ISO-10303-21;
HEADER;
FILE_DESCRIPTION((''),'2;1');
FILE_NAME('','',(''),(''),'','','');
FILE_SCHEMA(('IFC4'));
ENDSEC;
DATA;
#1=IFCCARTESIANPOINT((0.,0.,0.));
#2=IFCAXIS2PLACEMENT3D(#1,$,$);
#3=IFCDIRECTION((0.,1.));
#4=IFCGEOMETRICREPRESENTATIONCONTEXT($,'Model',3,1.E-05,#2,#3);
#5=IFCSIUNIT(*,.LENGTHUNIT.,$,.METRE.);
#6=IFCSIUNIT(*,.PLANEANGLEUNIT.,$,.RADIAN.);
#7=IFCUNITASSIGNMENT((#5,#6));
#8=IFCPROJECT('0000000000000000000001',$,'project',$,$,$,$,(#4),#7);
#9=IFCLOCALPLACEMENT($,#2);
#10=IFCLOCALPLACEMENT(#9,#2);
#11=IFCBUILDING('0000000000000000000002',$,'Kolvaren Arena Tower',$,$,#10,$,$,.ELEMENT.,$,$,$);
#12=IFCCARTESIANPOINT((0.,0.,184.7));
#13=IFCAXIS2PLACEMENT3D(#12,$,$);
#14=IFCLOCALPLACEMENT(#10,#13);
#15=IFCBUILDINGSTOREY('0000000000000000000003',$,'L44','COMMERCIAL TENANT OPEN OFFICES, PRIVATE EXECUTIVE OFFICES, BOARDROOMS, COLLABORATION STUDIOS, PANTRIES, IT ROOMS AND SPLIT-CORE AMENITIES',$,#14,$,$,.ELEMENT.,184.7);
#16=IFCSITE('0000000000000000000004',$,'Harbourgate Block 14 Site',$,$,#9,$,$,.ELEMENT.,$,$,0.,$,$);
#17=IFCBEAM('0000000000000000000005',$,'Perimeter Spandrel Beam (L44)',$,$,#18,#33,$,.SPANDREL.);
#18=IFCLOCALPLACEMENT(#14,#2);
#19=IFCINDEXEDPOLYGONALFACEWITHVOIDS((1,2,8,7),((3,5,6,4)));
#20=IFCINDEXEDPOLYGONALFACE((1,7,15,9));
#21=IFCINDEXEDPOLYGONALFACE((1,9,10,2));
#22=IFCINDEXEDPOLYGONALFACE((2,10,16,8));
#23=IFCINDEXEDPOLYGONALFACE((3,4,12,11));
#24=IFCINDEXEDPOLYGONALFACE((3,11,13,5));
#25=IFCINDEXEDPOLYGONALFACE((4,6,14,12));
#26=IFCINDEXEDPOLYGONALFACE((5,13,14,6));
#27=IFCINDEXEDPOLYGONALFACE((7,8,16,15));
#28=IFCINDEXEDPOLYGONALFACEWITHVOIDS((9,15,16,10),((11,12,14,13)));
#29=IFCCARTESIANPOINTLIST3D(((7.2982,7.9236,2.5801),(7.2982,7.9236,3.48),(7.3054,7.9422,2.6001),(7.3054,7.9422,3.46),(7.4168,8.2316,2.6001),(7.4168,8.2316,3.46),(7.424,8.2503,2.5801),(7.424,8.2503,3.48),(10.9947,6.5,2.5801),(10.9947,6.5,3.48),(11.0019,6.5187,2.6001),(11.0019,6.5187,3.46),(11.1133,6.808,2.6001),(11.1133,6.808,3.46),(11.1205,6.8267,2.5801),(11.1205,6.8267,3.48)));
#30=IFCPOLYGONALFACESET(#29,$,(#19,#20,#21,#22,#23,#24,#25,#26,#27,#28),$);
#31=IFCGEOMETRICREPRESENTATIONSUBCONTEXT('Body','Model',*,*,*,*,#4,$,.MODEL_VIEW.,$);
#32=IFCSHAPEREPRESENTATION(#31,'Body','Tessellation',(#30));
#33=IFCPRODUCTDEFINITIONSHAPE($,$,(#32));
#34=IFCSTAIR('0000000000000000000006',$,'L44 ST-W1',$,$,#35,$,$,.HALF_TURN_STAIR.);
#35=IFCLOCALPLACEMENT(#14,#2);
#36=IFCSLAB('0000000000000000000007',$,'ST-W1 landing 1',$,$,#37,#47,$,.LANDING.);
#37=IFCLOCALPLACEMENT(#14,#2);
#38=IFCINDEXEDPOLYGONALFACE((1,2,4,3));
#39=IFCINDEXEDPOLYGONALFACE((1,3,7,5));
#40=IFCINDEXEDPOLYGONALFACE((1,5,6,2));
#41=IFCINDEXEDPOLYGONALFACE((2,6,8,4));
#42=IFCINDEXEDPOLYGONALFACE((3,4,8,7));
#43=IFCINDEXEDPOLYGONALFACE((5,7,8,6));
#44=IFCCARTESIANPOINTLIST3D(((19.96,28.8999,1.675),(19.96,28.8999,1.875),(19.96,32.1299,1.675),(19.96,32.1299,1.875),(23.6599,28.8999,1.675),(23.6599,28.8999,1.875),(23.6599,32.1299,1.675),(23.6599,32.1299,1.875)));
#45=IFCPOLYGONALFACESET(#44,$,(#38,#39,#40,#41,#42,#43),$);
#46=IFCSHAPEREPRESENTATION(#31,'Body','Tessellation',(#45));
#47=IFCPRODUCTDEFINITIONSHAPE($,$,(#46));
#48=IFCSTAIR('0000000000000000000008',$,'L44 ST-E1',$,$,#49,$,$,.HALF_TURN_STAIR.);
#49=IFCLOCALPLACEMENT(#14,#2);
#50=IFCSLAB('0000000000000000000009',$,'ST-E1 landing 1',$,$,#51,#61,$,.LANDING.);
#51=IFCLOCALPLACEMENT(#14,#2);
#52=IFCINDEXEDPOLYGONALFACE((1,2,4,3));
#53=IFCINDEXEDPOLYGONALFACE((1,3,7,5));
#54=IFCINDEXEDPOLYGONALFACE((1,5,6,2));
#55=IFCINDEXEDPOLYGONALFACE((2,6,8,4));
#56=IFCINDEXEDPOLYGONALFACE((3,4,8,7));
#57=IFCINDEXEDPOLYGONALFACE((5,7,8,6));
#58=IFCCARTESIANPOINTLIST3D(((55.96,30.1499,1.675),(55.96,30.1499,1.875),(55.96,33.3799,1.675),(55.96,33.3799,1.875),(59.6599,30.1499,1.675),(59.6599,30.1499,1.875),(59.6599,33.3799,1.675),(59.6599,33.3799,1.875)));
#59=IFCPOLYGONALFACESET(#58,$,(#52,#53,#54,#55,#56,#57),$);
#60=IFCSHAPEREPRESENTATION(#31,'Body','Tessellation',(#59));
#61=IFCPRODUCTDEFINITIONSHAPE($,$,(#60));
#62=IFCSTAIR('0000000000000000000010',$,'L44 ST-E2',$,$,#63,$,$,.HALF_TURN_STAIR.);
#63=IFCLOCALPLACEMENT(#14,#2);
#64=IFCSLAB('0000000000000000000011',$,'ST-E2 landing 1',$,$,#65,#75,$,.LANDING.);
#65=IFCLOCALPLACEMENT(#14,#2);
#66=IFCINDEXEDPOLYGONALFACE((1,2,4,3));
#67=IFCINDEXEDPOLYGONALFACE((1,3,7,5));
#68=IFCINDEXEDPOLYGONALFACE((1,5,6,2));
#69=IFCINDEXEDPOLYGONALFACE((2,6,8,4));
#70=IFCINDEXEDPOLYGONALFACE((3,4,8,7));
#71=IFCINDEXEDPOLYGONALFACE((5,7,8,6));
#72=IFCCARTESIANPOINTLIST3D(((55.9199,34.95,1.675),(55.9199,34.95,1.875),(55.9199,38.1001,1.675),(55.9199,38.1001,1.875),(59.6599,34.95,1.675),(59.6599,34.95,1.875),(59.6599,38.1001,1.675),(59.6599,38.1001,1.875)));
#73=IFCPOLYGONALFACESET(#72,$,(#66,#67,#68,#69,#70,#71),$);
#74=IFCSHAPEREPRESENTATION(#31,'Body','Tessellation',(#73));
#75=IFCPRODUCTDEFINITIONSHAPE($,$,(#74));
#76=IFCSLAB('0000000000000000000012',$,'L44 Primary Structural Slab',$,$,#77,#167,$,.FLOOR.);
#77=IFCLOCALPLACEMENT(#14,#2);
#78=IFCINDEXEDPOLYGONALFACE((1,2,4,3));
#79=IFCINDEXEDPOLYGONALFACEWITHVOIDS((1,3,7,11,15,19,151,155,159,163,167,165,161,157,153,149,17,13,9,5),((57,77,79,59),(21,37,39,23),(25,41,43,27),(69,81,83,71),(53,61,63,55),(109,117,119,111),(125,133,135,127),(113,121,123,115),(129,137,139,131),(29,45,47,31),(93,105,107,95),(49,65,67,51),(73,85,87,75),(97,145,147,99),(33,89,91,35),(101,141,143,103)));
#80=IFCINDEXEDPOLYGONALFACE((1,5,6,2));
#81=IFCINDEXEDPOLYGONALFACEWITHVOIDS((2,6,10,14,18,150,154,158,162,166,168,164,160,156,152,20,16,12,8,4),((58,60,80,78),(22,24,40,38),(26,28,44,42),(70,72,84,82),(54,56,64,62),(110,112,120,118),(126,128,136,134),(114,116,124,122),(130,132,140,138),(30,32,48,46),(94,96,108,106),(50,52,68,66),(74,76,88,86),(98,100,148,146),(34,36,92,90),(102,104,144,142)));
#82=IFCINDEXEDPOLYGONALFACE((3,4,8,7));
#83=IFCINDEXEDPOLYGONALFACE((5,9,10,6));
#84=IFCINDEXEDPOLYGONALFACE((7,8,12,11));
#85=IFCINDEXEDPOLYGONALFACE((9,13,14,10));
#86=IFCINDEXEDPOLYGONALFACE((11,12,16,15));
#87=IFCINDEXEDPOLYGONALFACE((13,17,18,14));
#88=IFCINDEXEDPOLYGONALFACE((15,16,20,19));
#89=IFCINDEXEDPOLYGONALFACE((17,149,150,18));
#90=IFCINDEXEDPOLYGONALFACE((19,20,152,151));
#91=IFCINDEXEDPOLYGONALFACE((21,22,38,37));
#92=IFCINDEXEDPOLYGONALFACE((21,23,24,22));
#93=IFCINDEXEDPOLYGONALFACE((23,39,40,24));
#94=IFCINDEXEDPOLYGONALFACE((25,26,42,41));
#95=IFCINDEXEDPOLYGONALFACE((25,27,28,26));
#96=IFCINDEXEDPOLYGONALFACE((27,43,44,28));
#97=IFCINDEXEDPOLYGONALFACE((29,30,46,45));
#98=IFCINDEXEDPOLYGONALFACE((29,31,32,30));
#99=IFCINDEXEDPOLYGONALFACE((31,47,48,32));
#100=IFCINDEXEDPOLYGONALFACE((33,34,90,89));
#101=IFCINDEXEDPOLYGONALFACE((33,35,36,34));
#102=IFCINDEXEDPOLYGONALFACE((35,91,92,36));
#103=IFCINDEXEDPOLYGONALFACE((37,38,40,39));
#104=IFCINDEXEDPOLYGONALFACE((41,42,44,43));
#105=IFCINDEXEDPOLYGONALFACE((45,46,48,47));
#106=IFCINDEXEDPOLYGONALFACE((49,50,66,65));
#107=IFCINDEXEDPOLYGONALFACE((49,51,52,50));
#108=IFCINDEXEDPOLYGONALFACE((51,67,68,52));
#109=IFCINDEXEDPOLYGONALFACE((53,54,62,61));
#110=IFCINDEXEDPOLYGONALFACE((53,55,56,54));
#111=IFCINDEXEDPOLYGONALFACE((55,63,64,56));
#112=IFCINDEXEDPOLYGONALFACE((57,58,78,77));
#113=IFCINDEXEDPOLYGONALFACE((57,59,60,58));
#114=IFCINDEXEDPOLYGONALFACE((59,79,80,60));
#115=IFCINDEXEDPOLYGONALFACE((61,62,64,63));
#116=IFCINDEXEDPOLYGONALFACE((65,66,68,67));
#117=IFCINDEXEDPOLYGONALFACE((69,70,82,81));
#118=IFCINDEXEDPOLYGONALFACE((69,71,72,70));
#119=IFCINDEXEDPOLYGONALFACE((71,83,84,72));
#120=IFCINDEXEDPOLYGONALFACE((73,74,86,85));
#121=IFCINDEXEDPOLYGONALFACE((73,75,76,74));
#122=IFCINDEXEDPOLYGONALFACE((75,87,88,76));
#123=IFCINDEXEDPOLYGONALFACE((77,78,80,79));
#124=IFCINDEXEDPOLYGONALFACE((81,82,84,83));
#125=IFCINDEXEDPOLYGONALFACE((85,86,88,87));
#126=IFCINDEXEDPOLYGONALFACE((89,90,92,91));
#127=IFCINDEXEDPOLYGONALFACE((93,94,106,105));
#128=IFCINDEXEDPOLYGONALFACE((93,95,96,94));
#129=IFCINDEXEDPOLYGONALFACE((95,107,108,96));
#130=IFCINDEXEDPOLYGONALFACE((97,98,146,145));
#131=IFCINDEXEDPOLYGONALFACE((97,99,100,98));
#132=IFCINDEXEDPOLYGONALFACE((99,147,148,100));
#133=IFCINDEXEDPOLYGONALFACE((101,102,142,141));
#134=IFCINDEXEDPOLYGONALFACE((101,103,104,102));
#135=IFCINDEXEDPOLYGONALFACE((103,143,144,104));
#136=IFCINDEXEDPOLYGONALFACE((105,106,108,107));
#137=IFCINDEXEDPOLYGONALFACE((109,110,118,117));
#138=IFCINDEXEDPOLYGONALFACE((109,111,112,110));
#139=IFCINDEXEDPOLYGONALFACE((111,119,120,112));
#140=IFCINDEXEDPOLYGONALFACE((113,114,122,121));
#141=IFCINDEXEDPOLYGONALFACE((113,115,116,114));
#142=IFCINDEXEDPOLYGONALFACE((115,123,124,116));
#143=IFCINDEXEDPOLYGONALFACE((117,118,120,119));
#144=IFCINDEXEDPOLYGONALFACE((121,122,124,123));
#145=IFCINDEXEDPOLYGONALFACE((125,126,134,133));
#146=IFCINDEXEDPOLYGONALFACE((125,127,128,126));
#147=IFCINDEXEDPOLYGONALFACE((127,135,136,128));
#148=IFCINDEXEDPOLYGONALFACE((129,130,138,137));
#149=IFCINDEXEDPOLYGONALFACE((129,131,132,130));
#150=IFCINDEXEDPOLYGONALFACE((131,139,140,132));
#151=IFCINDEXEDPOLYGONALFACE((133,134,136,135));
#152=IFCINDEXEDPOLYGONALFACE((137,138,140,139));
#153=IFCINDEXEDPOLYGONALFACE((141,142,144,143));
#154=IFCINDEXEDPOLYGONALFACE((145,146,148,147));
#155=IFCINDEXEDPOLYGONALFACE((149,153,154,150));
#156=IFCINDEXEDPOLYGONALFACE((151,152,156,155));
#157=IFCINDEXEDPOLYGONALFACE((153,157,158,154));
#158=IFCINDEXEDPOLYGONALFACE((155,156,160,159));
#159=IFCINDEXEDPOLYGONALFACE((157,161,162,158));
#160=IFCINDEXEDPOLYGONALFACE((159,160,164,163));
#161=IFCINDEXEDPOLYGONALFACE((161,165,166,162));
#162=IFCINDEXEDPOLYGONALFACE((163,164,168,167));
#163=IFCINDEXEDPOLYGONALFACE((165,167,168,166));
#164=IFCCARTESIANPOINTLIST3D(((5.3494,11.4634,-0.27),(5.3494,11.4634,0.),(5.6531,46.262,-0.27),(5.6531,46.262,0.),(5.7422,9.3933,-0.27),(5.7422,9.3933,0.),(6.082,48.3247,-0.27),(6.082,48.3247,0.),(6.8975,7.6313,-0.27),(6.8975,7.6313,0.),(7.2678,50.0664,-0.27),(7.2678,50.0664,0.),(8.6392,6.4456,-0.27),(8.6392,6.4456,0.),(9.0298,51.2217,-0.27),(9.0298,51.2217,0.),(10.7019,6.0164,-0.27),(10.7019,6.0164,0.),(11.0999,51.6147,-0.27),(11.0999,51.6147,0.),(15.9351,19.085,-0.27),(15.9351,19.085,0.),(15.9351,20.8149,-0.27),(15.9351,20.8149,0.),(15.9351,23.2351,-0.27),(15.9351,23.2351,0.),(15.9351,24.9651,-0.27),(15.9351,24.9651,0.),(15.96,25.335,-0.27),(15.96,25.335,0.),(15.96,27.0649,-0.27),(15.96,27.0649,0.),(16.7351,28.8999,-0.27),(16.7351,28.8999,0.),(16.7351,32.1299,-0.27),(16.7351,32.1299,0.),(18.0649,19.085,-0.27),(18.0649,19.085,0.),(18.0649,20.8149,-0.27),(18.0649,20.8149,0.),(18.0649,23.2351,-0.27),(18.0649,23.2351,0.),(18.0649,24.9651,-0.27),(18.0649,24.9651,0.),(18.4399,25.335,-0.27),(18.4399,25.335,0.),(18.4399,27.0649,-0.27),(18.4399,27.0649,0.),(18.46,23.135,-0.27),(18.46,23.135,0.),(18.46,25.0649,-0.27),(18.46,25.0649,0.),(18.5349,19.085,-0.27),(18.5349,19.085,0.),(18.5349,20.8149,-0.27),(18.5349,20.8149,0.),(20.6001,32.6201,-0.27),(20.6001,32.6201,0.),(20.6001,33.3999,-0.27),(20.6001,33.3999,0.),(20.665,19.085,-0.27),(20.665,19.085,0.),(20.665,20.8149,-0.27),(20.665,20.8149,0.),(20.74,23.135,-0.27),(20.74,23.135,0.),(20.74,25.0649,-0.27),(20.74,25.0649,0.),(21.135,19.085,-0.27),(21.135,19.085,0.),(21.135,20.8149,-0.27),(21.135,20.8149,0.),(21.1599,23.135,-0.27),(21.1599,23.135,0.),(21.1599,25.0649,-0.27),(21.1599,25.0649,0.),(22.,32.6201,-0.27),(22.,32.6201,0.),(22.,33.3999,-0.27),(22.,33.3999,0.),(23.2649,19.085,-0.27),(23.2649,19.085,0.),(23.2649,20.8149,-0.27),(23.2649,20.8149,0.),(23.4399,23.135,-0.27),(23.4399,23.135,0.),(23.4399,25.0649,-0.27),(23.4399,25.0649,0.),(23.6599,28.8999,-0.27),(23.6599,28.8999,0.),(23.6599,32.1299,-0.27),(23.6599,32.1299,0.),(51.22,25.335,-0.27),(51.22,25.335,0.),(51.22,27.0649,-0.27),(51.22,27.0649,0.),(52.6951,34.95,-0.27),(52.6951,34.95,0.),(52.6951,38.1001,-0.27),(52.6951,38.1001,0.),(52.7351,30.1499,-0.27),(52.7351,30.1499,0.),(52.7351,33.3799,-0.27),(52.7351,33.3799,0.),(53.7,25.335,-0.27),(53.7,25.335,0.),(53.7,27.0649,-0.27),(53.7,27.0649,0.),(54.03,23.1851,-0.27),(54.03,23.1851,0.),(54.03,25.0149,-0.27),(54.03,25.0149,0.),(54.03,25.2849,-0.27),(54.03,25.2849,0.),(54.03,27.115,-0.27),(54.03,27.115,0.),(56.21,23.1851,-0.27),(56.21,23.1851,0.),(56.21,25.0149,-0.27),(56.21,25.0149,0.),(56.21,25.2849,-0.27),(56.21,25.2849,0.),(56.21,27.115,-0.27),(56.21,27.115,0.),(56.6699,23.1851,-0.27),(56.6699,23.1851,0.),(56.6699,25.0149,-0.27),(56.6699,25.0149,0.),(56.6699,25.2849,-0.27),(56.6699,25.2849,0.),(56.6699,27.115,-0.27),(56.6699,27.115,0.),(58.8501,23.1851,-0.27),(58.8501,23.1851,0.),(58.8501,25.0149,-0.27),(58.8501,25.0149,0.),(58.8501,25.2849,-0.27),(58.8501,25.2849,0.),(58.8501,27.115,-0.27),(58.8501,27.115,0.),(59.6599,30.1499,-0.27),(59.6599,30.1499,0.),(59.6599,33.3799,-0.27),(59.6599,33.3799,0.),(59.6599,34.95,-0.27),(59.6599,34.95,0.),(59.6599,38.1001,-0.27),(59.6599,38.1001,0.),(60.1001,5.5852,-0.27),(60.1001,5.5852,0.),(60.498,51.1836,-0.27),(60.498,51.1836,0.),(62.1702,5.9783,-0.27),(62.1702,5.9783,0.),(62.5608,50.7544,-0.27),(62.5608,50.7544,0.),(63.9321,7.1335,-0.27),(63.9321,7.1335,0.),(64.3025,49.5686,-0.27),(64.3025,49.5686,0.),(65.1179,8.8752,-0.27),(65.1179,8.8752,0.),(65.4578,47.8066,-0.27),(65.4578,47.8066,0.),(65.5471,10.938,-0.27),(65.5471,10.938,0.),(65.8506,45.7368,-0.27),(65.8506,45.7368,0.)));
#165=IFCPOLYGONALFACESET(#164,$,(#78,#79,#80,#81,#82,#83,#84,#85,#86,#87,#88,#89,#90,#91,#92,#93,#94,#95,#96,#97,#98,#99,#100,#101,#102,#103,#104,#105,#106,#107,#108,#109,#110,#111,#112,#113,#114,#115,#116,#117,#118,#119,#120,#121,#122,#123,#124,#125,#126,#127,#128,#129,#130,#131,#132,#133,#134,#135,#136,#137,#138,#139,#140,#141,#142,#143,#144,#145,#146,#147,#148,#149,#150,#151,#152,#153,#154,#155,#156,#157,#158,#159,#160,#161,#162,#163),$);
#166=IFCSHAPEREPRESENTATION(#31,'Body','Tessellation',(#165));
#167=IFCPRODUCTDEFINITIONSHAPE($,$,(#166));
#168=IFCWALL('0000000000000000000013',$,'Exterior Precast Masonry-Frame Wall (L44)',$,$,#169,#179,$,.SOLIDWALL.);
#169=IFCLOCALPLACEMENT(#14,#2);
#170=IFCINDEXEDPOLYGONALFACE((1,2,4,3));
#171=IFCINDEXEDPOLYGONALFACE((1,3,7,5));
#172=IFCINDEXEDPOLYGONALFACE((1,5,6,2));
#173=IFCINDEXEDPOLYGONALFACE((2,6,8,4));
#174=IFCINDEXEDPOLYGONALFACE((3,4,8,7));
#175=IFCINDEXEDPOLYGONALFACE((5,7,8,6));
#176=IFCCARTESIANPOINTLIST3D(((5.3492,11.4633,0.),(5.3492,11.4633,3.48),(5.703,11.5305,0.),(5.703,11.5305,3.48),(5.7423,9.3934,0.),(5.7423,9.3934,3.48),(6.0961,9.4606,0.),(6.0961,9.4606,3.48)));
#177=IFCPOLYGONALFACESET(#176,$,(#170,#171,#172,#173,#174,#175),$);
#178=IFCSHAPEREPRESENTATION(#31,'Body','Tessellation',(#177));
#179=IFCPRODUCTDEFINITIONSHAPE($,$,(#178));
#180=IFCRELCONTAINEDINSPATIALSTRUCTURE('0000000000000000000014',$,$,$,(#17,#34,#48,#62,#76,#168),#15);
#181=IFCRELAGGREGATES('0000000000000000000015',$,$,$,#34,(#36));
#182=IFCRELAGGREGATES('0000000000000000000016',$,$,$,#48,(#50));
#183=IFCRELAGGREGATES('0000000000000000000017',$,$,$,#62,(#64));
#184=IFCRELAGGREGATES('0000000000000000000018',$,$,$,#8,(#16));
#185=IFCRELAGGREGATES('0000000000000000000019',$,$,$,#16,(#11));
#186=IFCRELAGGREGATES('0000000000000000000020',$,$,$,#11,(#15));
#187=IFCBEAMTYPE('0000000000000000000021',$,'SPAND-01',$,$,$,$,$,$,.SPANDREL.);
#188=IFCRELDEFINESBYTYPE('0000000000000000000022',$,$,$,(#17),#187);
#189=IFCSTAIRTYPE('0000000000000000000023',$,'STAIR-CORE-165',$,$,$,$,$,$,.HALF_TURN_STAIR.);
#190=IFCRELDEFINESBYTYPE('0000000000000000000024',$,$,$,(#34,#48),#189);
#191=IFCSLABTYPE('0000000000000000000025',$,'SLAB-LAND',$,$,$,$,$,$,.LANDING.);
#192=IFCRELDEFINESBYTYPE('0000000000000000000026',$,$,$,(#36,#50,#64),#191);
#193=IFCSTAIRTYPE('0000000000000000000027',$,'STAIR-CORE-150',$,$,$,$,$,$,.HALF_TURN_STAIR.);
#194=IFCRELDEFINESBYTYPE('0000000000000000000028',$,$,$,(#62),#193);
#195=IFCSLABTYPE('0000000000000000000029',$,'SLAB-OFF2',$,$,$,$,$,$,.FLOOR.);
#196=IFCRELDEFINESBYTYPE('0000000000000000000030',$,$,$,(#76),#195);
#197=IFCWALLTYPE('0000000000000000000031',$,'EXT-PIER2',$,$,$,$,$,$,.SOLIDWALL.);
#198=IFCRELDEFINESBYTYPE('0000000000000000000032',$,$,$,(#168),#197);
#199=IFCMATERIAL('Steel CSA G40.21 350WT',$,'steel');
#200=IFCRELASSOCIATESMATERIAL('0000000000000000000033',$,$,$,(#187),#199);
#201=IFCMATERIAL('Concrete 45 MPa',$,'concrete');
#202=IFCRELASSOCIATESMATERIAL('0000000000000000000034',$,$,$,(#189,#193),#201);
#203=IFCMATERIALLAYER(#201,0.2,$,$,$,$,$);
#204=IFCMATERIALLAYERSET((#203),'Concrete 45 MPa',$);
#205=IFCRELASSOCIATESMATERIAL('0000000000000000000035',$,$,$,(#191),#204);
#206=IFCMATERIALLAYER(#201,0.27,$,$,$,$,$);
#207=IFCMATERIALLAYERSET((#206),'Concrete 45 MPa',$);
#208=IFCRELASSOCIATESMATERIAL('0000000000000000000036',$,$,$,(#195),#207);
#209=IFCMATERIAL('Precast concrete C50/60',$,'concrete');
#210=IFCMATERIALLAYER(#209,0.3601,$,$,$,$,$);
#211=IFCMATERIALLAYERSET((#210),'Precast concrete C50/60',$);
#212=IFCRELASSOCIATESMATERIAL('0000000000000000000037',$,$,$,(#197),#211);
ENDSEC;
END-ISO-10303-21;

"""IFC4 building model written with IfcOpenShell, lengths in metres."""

from ifc_helpers import new_model, si_unit, direction, frame, frame_2d, origin, origin_2d, place, context, subcontext, project, spatial, polyline, rectangle, hollow_rectangle, outline, extrude, material, layer, layer_set, material_profile, profile_set, type_object, element, aggregate, save


model = new_model("IFC4")

# Units and contexts
model_context = context("Model", 3, precision=1e-05, world=origin(), true_north=direction((0.0, 1.0)))
body_context = subcontext(model_context, "Body", "Model", "MODEL_VIEW")
ifc_project = project(units=[si_unit("LENGTHUNIT", "METRE"), si_unit("PLANEANGLEUNIT", "RADIAN")], contexts=[model_context])

# Site, building, storey
site_placement = place(None, origin())
site = spatial("IfcSite", under=ifc_project, at=site_placement, Name="Harbourgate Block 14 Site", CompositionType="ELEMENT", RefElevation=0.0)
building_placement = place(site_placement, origin())
building = spatial("IfcBuilding", under=site, at=building_placement, Name="Kolvaren Arena Tower", CompositionType="ELEMENT")
storey_placement = place(building_placement, frame((0.0, 0.0, 184.7)))
storey = spatial("IfcBuildingStorey", under=building, at=storey_placement, Name="L44", Description="COMMERCIAL TENANT OPEN OFFICES, PRIVATE EXECUTIVE OFFICES, BOARDROOMS, COLLABORATION STUDIOS, PANTRIES, IT ROOMS AND SPLIT-CORE AMENITIES", CompositionType="ELEMENT", Elevation=184.7)

# Beam
ifc_material_1 = material(Name="Steel CSA G40.21 350WT", Category="steel")
ifc_material_profile_1 = material_profile(ifc_material_1, hollow_rectangle(XDim=0.3501, YDim=0.8999, WallThickness=0.02, at=origin_2d()), Name="HSS 900x350x20")
ifc_profile_set_1 = profile_set([ifc_material_profile_1], Name="Steel CSA G40.21 350WT")
beam_type_1 = type_object("IfcBeamType", Name="SPAND-01", PredefinedType="SPANDREL", material=ifc_profile_set_1)
beam_1_placement = place(storey_placement, frame((7.3611, 8.0869, 3.03), z_axis=(0.93319, -0.359384, 0.0), x_axis=(0.359384, 0.93319, 0.0)))
element("IfcBeam", 1, at=beam_1_placement, inside=storey, type_object=beam_type_1, Name="Perimeter Spandrel Beam (L44)", PredefinedType="SPANDREL", context=body_context, shape_type="SweptSolid", body=[
    extrude(hollow_rectangle(XDim=0.3501, YDim=0.8999, WallThickness=0.02, at=origin_2d()), origin(), (0.0, 0.0, 1.0), 3.9612),
])

# Stairs, slabs
ifc_material_2 = material(Name="Concrete 45 MPa", Category="concrete")
stair_type_1 = type_object("IfcStairType", Name="STAIR-CORE-165", PredefinedType="HALF_TURN_STAIR", material=ifc_material_2)
stair_1_placement = place(storey_placement, origin())
stair_1 = element("IfcStair", 2, at=stair_1_placement, inside=storey, type_object=stair_type_1, Name="L44 ST-W1", PredefinedType="HALF_TURN_STAIR")
ifc_layer_1 = layer(ifc_material_2, 0.2)
ifc_layer_set_1 = layer_set([ifc_layer_1], Name="Concrete 45 MPa")
slab_type_1 = type_object("IfcSlabType", Name="SLAB-LAND", PredefinedType="LANDING", material=ifc_layer_set_1)
slab_1_placement = place(storey_placement, frame((0.0, 0.0, 1.675)))
slab_1 = element("IfcSlab", 3, at=slab_1_placement, type_object=slab_type_1, Name="ST-W1 landing 1", PredefinedType="LANDING", context=body_context, shape_type="SweptSolid", body=[
    extrude(outline(polyline([(19.96, 28.8999), (23.6599, 28.8999), (23.6599, 32.1299), (19.96, 32.1299), (19.96, 28.8999)])), origin(), (0.0, 0.0, 1.0), 0.2),
])
aggregate(stair_1, [slab_1])
stair_2_placement = place(storey_placement, origin())
stair_2 = element("IfcStair", 4, at=stair_2_placement, inside=storey, type_object=stair_type_1, Name="L44 ST-E1", PredefinedType="HALF_TURN_STAIR")
slab_2_placement = place(storey_placement, frame((0.0, 0.0, 1.675)))
slab_2 = element("IfcSlab", 5, at=slab_2_placement, type_object=slab_type_1, Name="ST-E1 landing 1", PredefinedType="LANDING", context=body_context, shape_type="SweptSolid", body=[
    extrude(outline(polyline([(55.96, 30.1499), (59.6599, 30.1499), (59.6599, 33.3799), (55.96, 33.3799), (55.96, 30.1499)])), origin(), (0.0, 0.0, 1.0), 0.2),
])
aggregate(stair_2, [slab_2])
stair_type_2 = type_object("IfcStairType", Name="STAIR-CORE-150", PredefinedType="HALF_TURN_STAIR", material=ifc_material_2)
stair_3_placement = place(storey_placement, origin())
stair_3 = element("IfcStair", 6, at=stair_3_placement, inside=storey, type_object=stair_type_2, Name="L44 ST-E2", PredefinedType="HALF_TURN_STAIR")
slab_3_placement = place(storey_placement, frame((0.0, 0.0, 1.675)))
slab_3 = element("IfcSlab", 7, at=slab_3_placement, type_object=slab_type_1, Name="ST-E2 landing 1", PredefinedType="LANDING", context=body_context, shape_type="SweptSolid", body=[
    extrude(outline(polyline([(55.9199, 34.95), (59.6599, 34.95), (59.6599, 38.1001), (55.9199, 38.1001), (55.9199, 34.95)])), origin(), (0.0, 0.0, 1.0), 0.2),
])
aggregate(stair_3, [slab_3])

# Slab
ifc_layer_2 = layer(ifc_material_2, 0.27)
ifc_layer_set_2 = layer_set([ifc_layer_2], Name="Concrete 45 MPa")
slab_type_2 = type_object("IfcSlabType", Name="SLAB-OFF2", PredefinedType="FLOOR", material=ifc_layer_set_2)
slab_4_placement = place(storey_placement, frame((0.0, 0.0, -0.27)))
element("IfcSlab", 8, at=slab_4_placement, inside=storey, type_object=slab_type_2, Name="L44 Primary Structural Slab", PredefinedType="FLOOR", context=body_context, shape_type="SweptSolid", body=[
    extrude(outline(polyline([(60.1001, 5.5852), (62.1702, 5.9783), (63.9321, 7.1335), (65.1179, 8.8752), (65.5471, 10.938), (65.8506, 45.7368), (65.4578, 47.8066), (64.3025, 49.5686), (62.5608, 50.7544), (60.498, 51.1836), (11.0999, 51.6147), (9.0298, 51.2217), (7.2678, 50.0664), (6.082, 48.3247), (5.6531, 46.262), (5.3494, 11.4634), (5.7422, 9.3933), (6.8975, 7.6313), (8.6392, 6.4456), (10.7019, 6.0164), (60.1001, 5.5852)]), holes=[polyline([(15.9351, 19.085), (15.9351, 20.8149), (18.0649, 20.8149), (18.0649, 19.085), (15.9351, 19.085)]), polyline([(18.5349, 19.085), (18.5349, 20.8149), (20.665, 20.8149), (20.665, 19.085), (18.5349, 19.085)]), polyline([(21.135, 19.085), (21.135, 20.8149), (23.2649, 20.8149), (23.2649, 19.085), (21.135, 19.085)]), polyline([(18.46, 23.135), (18.46, 25.0649), (20.74, 25.0649), (20.74, 23.135), (18.46, 23.135)]), polyline([(21.1599, 23.135), (21.1599, 25.0649), (23.4399, 25.0649), (23.4399, 23.135), (21.1599, 23.135)]), polyline([(54.03, 23.1851), (54.03, 25.0149), (56.21, 25.0149), (56.21, 23.1851), (54.03, 23.1851)]), polyline([(56.6699, 23.1851), (56.6699, 25.0149), (58.8501, 25.0149), (58.8501, 23.1851), (56.6699, 23.1851)]), polyline([(15.9351, 23.2351), (15.9351, 24.9651), (18.0649, 24.9651), (18.0649, 23.2351), (15.9351, 23.2351)]), polyline([(54.03, 25.2849), (54.03, 27.115), (56.21, 27.115), (56.21, 25.2849), (54.03, 25.2849)]), polyline([(56.6699, 25.2849), (56.6699, 27.115), (58.8501, 27.115), (58.8501, 25.2849), (56.6699, 25.2849)]), polyline([(15.96, 25.335), (15.96, 27.0649), (18.4399, 27.0649), (18.4399, 25.335), (15.96, 25.335)]), polyline([(51.22, 25.335), (51.22, 27.0649), (53.7, 27.0649), (53.7, 25.335), (51.22, 25.335)]), polyline([(16.7351, 28.8999), (16.7351, 32.1299), (23.6599, 32.1299), (23.6599, 28.8999), (16.7351, 28.8999)]), polyline([(52.7351, 30.1499), (52.7351, 33.3799), (59.6599, 33.3799), (59.6599, 30.1499), (52.7351, 30.1499)]), polyline([(20.6001, 32.6201), (20.6001, 33.3999), (22.0, 33.3999), (22.0, 32.6201), (20.6001, 32.6201)]), polyline([(52.6951, 34.95), (52.6951, 38.1001), (59.6599, 38.1001), (59.6599, 34.95), (52.6951, 34.95)])]), origin(), (0.0, 0.0, 1.0), 0.27),
])

# Wall
ifc_material_3 = material(Name="Precast concrete C50/60", Category="concrete")
ifc_layer_3 = layer(ifc_material_3, 0.3601)
ifc_layer_set_3 = layer_set([ifc_layer_3], Name="Precast concrete C50/60")
wall_type = type_object("IfcWallType", Name="EXT-PIER2", PredefinedType="SOLIDWALL", material=ifc_layer_set_3)
for number, where, z_axis, x_axis, name in (
    (9, (5.9192, 9.427, 0.0), (0.0, 0.0, 1.0), (-0.186569, 0.982442, 0.0), "Exterior Precast Masonry-Frame Wall (L44)"),
):
    element("IfcWall", number, at=place(storey_placement, frame(where, z_axis=z_axis, x_axis=x_axis)), inside=storey, type_object=wall_type, Name=name, PredefinedType="SOLIDWALL", context=body_context, shape_type="SweptSolid", body=[
        extrude(rectangle(XDim=2.1069, YDim=0.3601, at=frame_2d((1.0535, 0.0))), origin(), (0.0, 0.0, 1.0), 3.48),
    ])

save(model, "model.ifc")
